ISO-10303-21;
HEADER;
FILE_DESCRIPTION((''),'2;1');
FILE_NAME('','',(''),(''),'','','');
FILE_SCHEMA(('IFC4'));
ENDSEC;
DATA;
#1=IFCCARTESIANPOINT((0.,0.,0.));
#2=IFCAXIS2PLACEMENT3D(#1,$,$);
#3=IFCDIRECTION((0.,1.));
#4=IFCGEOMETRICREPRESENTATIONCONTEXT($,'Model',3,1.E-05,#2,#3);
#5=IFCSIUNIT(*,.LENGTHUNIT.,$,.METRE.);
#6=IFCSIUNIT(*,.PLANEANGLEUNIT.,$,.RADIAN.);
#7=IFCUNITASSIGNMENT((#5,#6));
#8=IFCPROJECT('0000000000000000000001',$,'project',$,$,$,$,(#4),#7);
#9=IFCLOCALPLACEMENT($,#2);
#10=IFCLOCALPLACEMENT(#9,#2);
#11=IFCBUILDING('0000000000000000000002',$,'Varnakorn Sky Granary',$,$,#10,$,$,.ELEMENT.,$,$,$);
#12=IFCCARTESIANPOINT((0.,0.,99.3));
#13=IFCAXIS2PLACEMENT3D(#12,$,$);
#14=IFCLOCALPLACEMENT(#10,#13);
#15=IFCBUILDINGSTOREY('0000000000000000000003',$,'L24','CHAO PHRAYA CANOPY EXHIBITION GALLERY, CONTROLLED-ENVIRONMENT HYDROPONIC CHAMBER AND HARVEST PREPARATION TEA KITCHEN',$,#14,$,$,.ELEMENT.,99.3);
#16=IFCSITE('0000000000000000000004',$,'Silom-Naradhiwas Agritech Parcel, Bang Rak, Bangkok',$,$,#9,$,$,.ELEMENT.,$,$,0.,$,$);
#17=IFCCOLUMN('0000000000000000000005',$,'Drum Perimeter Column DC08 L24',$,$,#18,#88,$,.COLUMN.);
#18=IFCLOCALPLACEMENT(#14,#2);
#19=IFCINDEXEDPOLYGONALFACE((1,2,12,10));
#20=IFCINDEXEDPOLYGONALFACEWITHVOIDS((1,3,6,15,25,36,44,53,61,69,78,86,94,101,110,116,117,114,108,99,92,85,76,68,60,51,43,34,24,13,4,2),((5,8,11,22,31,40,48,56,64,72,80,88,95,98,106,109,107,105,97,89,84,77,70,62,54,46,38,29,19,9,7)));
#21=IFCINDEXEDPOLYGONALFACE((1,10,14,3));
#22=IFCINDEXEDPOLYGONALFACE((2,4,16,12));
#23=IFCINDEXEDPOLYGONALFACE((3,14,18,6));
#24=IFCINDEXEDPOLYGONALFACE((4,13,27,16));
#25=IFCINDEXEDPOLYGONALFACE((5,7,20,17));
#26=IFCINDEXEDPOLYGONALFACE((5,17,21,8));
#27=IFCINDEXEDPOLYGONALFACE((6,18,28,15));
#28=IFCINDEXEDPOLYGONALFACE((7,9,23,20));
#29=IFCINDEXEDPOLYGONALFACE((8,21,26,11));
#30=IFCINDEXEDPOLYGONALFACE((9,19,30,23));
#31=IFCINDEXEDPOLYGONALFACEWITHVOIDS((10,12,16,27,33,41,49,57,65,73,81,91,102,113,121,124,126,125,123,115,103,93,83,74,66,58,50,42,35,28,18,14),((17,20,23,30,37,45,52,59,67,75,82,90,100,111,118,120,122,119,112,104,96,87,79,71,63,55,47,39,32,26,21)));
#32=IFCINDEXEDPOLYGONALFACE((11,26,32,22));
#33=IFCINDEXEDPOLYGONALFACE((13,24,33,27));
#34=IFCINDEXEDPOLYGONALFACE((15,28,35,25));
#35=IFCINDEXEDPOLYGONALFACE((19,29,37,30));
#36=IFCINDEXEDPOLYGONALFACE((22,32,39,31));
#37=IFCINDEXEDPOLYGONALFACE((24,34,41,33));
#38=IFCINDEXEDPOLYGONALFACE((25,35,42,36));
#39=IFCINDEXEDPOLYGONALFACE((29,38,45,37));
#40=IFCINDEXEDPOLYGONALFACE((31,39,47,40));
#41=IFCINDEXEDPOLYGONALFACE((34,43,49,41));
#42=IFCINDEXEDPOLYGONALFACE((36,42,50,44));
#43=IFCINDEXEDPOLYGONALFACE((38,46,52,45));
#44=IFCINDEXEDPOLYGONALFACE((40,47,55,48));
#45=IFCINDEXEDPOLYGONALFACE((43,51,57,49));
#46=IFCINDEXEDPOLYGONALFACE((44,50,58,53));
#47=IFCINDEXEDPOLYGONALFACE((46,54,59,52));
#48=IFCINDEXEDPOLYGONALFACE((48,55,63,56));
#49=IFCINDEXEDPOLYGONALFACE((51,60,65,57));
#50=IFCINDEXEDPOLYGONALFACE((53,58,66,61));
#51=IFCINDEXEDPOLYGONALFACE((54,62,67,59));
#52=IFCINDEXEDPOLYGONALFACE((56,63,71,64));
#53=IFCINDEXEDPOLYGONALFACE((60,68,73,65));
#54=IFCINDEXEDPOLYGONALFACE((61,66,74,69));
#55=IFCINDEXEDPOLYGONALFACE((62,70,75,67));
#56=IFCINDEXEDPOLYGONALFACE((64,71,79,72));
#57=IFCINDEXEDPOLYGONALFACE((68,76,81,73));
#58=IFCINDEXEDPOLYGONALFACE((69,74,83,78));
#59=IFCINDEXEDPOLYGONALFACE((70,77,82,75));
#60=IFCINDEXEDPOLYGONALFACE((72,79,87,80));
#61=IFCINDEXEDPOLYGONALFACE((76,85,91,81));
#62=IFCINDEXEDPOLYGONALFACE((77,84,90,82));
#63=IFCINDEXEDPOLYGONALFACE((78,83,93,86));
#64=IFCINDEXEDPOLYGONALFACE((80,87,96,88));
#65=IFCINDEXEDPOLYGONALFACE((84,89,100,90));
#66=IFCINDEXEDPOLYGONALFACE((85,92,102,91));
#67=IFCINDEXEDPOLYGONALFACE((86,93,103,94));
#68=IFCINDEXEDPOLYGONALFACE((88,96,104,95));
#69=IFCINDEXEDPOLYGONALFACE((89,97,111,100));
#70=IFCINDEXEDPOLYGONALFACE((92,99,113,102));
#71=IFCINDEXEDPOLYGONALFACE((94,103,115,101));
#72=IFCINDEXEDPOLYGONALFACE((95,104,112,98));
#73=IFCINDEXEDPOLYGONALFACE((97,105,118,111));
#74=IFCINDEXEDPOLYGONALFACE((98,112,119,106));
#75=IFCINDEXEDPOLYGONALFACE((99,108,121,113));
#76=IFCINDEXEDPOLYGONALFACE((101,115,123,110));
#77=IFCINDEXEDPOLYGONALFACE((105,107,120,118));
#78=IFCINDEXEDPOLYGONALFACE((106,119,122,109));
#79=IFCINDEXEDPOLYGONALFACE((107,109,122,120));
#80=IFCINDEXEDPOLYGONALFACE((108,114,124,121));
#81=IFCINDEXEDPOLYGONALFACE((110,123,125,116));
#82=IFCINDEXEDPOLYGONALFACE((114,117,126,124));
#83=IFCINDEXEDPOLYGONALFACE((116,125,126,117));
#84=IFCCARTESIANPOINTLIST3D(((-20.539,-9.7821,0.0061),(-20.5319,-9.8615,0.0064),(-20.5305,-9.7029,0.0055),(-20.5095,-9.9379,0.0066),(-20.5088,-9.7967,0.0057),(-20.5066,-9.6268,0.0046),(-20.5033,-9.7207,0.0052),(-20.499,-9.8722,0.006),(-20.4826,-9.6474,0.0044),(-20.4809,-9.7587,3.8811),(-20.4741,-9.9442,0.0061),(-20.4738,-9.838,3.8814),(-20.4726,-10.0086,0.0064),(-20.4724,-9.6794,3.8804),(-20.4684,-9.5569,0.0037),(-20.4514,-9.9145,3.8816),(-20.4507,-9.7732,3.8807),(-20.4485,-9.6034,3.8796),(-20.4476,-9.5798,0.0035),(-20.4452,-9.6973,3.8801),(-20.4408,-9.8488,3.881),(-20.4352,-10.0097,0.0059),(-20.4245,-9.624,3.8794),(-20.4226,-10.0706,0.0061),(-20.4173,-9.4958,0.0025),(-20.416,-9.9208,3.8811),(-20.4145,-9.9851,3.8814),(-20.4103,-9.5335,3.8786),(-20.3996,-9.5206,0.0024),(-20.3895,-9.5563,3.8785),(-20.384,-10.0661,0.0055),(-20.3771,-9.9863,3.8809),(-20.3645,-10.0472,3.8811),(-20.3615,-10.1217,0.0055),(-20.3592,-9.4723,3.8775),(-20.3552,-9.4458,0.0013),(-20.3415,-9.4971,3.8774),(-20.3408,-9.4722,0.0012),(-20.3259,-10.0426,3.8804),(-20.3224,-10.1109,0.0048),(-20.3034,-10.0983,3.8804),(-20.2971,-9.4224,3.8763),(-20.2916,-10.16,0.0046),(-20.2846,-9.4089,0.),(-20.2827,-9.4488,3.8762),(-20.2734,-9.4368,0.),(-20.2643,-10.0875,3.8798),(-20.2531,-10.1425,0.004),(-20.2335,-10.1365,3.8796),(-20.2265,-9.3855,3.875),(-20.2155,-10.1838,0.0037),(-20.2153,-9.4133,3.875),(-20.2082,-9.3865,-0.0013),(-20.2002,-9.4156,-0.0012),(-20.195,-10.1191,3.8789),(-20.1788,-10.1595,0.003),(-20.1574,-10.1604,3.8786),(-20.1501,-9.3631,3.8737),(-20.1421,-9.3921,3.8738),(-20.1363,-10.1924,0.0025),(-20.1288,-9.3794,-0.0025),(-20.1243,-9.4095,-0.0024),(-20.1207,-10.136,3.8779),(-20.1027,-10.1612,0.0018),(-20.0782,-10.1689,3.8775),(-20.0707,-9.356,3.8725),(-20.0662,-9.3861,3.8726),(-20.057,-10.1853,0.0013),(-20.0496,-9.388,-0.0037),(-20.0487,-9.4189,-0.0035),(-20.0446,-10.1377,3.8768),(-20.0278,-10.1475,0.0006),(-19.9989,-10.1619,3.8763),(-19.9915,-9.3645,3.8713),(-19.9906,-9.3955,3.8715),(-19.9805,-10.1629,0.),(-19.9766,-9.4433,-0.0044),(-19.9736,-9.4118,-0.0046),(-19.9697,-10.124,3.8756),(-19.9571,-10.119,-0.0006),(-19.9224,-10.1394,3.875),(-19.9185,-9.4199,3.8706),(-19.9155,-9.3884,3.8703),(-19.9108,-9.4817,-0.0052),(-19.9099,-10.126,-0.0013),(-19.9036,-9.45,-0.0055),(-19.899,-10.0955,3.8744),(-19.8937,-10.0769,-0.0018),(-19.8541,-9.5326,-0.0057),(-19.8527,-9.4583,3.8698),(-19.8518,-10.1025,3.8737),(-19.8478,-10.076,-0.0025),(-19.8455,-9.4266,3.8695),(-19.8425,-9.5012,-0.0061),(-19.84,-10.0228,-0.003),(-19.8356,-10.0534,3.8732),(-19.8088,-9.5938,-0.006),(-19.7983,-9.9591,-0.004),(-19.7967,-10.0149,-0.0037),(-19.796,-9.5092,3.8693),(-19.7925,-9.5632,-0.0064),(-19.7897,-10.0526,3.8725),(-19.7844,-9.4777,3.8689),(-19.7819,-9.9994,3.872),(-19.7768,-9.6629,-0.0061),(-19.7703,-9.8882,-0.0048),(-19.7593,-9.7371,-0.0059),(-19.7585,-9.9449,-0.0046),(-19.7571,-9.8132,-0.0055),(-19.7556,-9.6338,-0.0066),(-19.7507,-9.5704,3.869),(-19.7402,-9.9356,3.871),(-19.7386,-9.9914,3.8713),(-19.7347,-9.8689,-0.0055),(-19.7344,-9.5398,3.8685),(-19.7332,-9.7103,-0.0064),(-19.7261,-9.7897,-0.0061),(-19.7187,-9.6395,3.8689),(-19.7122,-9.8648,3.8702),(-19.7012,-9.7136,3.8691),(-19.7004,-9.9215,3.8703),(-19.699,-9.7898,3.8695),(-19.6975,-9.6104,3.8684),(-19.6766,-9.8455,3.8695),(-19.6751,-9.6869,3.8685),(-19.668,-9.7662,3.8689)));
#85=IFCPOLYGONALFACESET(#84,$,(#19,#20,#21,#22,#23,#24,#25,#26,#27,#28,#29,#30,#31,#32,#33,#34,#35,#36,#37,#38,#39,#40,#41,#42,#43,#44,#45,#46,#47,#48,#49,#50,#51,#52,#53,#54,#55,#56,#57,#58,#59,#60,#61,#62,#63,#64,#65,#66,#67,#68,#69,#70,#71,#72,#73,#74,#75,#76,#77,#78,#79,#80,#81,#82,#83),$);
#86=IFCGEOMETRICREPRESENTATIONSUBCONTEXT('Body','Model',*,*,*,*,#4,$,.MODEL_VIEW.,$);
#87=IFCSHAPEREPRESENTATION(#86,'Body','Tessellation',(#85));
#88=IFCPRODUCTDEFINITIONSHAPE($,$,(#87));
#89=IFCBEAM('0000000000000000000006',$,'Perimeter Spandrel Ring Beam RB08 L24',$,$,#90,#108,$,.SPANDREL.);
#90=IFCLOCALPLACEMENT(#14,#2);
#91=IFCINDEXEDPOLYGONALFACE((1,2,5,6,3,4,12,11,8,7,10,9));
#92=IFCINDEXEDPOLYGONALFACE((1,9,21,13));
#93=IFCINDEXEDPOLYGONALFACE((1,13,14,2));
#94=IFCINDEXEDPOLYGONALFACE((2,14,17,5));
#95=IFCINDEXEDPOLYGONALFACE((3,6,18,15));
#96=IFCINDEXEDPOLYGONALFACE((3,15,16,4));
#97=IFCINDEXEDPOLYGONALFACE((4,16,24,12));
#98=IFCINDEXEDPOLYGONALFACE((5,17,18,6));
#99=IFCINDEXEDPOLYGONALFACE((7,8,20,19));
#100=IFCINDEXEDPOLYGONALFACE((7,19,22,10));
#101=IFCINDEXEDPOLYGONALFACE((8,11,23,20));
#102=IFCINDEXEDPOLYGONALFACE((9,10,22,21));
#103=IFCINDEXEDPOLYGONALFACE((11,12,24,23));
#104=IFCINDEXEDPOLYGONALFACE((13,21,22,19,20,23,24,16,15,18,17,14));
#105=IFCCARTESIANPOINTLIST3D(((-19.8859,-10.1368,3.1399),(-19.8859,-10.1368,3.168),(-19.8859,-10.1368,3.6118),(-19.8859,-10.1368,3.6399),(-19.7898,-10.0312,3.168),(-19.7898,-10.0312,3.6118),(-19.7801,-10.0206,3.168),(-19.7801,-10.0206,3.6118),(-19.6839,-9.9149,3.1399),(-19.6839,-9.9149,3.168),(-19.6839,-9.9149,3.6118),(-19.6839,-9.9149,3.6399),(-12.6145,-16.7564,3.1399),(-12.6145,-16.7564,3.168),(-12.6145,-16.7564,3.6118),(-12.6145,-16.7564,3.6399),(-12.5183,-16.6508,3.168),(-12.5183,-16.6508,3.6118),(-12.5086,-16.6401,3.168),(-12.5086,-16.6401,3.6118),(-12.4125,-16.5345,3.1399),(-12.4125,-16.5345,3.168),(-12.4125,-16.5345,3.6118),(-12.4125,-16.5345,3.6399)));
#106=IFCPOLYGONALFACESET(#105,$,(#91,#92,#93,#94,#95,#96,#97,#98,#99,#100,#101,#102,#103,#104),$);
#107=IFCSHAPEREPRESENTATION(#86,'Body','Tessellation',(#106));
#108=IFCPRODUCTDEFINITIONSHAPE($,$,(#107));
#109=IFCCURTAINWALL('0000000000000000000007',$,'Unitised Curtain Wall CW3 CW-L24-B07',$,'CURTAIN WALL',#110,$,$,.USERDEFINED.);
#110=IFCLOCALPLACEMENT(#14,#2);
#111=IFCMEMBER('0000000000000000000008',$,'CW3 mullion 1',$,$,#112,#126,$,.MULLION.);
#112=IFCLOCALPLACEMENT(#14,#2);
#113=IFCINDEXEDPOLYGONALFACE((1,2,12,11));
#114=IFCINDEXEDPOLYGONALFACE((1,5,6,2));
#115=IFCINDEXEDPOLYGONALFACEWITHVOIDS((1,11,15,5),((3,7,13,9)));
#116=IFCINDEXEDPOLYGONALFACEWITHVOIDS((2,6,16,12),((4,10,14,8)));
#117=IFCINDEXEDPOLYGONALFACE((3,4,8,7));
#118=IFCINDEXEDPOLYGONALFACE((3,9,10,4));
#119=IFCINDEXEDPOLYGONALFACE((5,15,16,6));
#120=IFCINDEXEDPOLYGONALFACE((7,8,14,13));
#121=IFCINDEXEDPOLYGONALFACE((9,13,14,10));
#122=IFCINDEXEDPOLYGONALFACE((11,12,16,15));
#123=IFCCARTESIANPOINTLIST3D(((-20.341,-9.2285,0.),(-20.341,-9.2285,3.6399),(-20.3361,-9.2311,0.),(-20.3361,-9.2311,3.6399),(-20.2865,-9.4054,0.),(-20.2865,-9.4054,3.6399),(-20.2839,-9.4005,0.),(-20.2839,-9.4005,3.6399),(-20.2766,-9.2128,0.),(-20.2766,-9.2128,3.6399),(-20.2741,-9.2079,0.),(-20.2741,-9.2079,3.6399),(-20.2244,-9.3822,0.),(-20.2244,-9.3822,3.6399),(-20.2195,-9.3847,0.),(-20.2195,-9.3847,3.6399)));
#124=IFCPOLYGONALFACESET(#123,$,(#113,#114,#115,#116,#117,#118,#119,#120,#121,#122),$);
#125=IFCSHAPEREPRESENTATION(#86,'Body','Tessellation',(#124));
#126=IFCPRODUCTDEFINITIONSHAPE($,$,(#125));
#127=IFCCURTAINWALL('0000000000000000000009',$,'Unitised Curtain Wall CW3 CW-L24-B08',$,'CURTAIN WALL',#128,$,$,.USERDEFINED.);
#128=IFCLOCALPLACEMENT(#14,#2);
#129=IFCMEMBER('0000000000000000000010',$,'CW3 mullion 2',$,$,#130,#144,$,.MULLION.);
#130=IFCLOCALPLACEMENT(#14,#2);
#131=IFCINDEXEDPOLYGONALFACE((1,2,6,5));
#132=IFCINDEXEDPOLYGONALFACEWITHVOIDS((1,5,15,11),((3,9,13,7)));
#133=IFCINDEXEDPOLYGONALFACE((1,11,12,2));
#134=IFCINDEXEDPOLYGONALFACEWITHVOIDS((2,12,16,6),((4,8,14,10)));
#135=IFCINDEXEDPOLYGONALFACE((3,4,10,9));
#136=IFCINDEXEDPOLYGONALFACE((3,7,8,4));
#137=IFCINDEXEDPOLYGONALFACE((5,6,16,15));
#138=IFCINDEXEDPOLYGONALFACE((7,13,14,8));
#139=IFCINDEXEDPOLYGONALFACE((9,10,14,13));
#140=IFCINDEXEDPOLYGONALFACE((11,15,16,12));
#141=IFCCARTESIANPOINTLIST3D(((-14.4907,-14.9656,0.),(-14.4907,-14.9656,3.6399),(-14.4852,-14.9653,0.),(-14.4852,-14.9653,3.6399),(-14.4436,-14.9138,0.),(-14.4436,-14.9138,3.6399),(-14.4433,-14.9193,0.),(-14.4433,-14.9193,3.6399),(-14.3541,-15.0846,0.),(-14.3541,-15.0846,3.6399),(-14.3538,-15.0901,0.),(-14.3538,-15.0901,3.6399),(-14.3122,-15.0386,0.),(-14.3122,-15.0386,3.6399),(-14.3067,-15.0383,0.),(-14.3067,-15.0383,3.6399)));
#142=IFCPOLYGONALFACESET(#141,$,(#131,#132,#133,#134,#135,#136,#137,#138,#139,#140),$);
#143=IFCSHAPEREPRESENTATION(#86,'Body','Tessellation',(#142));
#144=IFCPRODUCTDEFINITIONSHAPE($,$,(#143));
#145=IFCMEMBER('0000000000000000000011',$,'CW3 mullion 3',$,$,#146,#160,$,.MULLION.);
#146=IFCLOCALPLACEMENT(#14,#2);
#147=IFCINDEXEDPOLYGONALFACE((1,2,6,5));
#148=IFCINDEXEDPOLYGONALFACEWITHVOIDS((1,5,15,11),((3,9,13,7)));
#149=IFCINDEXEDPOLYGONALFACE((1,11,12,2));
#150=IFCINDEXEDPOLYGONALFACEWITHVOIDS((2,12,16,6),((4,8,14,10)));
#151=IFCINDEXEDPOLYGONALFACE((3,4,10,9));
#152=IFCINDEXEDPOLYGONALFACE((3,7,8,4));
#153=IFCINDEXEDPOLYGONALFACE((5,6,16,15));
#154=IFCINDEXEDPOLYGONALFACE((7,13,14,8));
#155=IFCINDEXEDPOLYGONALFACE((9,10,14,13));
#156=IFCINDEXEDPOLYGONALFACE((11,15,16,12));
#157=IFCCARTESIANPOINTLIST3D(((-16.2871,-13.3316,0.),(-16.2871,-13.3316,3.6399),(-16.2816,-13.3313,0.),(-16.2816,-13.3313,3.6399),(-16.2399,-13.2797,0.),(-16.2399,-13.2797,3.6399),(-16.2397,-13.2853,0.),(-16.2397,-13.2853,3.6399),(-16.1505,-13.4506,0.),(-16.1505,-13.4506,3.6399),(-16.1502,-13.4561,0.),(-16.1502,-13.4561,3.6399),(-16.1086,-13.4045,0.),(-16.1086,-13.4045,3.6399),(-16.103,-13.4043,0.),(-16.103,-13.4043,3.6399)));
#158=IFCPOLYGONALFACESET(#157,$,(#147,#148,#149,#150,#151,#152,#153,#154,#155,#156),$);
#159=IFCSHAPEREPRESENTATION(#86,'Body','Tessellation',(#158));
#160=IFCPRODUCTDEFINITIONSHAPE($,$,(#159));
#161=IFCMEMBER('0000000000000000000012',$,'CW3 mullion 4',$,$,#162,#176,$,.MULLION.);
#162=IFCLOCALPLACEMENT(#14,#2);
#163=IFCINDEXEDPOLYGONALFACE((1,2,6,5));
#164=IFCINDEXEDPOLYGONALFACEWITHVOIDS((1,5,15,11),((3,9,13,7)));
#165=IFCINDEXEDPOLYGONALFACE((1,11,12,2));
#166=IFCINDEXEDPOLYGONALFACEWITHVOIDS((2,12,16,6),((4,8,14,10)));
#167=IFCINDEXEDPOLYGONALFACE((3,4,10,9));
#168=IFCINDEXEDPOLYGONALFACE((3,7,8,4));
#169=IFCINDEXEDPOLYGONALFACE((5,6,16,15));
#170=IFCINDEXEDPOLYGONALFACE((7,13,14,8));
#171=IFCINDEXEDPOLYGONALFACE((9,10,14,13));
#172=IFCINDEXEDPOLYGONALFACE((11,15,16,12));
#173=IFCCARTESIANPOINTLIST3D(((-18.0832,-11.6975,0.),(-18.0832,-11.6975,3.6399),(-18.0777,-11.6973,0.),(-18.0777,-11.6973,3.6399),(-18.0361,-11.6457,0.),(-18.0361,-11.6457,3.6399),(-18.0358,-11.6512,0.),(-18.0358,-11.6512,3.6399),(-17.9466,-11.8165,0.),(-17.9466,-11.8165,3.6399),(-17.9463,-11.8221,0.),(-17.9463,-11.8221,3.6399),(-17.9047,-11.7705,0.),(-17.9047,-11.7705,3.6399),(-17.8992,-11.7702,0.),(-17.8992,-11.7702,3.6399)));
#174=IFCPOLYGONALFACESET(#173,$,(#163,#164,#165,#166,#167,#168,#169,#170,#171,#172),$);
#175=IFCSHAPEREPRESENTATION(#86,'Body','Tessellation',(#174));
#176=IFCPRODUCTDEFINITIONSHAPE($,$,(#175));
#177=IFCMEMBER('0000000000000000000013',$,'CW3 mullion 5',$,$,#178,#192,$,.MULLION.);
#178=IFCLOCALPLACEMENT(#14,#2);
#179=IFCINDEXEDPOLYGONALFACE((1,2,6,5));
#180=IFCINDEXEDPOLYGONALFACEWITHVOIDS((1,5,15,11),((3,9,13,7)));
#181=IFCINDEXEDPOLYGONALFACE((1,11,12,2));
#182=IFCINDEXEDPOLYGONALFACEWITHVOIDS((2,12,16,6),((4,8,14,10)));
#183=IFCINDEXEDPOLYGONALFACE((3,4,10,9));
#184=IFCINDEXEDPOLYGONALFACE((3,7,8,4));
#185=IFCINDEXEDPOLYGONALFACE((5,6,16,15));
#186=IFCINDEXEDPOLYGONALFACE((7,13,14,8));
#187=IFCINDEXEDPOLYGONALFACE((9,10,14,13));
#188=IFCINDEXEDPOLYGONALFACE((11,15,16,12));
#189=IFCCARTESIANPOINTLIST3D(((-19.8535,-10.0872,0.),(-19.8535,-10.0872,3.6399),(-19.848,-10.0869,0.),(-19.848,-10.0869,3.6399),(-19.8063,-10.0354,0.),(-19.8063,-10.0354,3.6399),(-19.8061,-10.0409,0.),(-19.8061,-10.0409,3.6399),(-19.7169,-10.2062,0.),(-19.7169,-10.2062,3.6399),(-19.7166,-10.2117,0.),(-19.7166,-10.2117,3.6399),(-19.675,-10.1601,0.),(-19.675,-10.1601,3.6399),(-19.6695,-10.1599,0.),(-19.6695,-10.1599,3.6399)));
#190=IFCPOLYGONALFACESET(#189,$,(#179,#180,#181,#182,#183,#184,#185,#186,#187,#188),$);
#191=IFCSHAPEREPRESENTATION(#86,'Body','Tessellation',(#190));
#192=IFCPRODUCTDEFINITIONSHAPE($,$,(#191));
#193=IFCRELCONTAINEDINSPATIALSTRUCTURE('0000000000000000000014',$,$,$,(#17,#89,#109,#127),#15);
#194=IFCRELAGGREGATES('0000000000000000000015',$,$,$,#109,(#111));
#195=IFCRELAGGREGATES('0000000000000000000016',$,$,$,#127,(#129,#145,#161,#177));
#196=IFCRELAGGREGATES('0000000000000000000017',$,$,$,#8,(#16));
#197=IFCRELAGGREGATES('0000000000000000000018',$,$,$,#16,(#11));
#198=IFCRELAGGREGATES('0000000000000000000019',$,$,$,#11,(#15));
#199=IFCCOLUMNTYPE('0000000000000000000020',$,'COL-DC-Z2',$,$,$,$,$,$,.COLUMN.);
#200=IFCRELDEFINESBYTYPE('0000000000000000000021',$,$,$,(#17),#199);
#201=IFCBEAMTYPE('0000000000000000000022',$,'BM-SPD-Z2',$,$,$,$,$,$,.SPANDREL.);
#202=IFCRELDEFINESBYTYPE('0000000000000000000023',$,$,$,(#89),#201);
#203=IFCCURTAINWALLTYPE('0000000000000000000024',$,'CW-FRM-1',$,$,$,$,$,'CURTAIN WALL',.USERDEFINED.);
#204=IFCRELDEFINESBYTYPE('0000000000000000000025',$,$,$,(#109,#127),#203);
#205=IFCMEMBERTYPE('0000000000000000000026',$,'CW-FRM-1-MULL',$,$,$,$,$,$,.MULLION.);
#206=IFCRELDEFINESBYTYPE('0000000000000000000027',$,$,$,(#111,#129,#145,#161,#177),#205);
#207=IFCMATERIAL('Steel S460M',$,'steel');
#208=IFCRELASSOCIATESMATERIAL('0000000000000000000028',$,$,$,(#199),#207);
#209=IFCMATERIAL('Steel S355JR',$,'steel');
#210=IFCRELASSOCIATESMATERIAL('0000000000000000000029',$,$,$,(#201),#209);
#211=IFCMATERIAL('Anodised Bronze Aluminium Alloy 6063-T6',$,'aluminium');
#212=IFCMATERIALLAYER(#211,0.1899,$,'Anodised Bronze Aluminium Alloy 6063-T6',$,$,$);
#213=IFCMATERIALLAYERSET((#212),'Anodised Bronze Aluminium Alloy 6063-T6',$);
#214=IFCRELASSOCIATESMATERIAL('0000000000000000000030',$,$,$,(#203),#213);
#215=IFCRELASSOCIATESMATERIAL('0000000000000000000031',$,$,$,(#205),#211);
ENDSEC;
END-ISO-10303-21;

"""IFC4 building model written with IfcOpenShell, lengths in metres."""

from ifc_helpers import new_model, si_unit, direction, frame, origin, origin_2d, place, context, subcontext, project, spatial, hollow_rectangle, hollow_circle, i_section, extrude, material, layer, layer_set, material_profile, profile_set, type_object, element, aggregate, save


model = new_model("IFC4")

# Units and contexts
model_context = context("Model", 3, precision=1e-05, world=origin(), true_north=direction((0.0, 1.0)))
body_context = subcontext(model_context, "Body", "Model", "MODEL_VIEW")
ifc_project = project(units=[si_unit("LENGTHUNIT", "METRE"), si_unit("PLANEANGLEUNIT", "RADIAN")], contexts=[model_context])

# Site, building, storey
site_placement = place(None, origin())
site = spatial("IfcSite", under=ifc_project, at=site_placement, Name="Silom-Naradhiwas Agritech Parcel, Bang Rak, Bangkok", CompositionType="ELEMENT", RefElevation=0.0)
building_placement = place(site_placement, origin())
building = spatial("IfcBuilding", under=site, at=building_placement, Name="Varnakorn Sky Granary", CompositionType="ELEMENT")
storey_placement = place(building_placement, frame((0.0, 0.0, 99.3)))
storey = spatial("IfcBuildingStorey", under=building, at=storey_placement, Name="L24", Description="CHAO PHRAYA CANOPY EXHIBITION GALLERY, CONTROLLED-ENVIRONMENT HYDROPONIC CHAMBER AND HARVEST PREPARATION TEA KITCHEN", CompositionType="ELEMENT", Elevation=99.3)

# Column
ifc_material_1 = material(Name="Steel S460M", Category="steel")
ifc_material_profile_1 = material_profile(ifc_material_1, hollow_circle(Radius=0.4065, WallThickness=0.03, at=origin_2d()), Name="CHS 813x30")
ifc_profile_set_1 = profile_set([ifc_material_profile_1], Name="Steel S460M")
column_type = type_object("IfcColumnType", Name="COL-DC-Z2", PredefinedType="COLUMN", material=ifc_profile_set_1)
column_placement = place(storey_placement, frame((-20.1326, -9.7859, 0.0), z_axis=(0.014993, 0.006048, 0.999869), x_axis=(-0.374076, 0.927398, 0.0)))
element("IfcColumn", 1, at=column_placement, inside=storey, type_object=column_type, Name="Drum Perimeter Column DC08 L24", PredefinedType="COLUMN", context=body_context, shape_type="SweptSolid", body=[
    extrude(hollow_circle(Radius=0.4065, WallThickness=0.03, at=origin_2d()), origin(), (0.0, 0.0, 1.0), 3.8755),
])

# Beam
ifc_material_2 = material(Name="Steel S355JR", Category="steel")
ifc_material_profile_2 = material_profile(ifc_material_2, i_section(OverallWidth=0.3, OverallDepth=0.5, WebThickness=0.0144, FlangeThickness=0.0281, at=origin_2d()), Name="HE 500 B")
ifc_profile_set_2 = profile_set([ifc_material_profile_2], Name="Steel S355JR")
beam_type = type_object("IfcBeamType", Name="BM-SPD-Z2", PredefinedType="SPANDREL", material=ifc_profile_set_2)
beam_placement = place(storey_placement, frame((-19.7849, -10.0259, 3.3899), z_axis=(0.739475, -0.673184, 0.0), x_axis=(0.673184, 0.739475, 0.0)))
element("IfcBeam", 2, at=beam_placement, inside=storey, type_object=beam_type, Name="Perimeter Spandrel Ring Beam RB08 L24", PredefinedType="SPANDREL", context=body_context, shape_type="SweptSolid", body=[
    extrude(i_section(OverallWidth=0.3, OverallDepth=0.5, WebThickness=0.0144, FlangeThickness=0.0281, at=origin_2d()), origin(), (0.0, 0.0, 1.0), 9.8333),
])

# Curtain wall, member
ifc_material_3 = material(Name="Anodised Bronze Aluminium Alloy 6063-T6", Category="aluminium")
ifc_layer_1 = layer(ifc_material_3, 0.1899, Name="Anodised Bronze Aluminium Alloy 6063-T6")
ifc_layer_set_1 = layer_set([ifc_layer_1], Name="Anodised Bronze Aluminium Alloy 6063-T6")
curtain_wall_type = type_object("IfcCurtainWallType", Name="CW-FRM-1", ElementType="CURTAIN WALL", PredefinedType="USERDEFINED", material=ifc_layer_set_1)
curtain_wall_1_placement = place(storey_placement, origin())
curtain_wall_1 = element("IfcCurtainWall", 3, at=curtain_wall_1_placement, inside=storey, type_object=curtain_wall_type, Name="Unitised Curtain Wall CW3 CW-L24-B07", ObjectType="CURTAIN WALL", PredefinedType="USERDEFINED")
ifc_material_profile_3 = material_profile(ifc_material_3, hollow_rectangle(XDim=0.0701, YDim=0.1851, WallThickness=0.0039, at=origin_2d()), Name="ALU MULL 70x185")
ifc_profile_set_3 = profile_set([ifc_material_profile_3], Name="Anodised Bronze Aluminium Alloy 6063-T6")
member_type_1 = type_object("IfcMemberType", Name="CW-FRM-1-MULL", PredefinedType="MULLION", material=ifc_profile_set_3)
member_1_placement = place(storey_placement, frame((-20.2803, -9.3066, 0.0), z_axis=(0.0, 0.0, 1.0), x_axis=(-0.955605, -0.294651, 0.0)))
member_1 = element("IfcMember", 4, at=member_1_placement, type_object=member_type_1, Name="CW3 mullion 1", PredefinedType="MULLION", context=body_context, shape_type="SweptSolid", body=[
    extrude(hollow_rectangle(XDim=0.0701, YDim=0.1851, WallThickness=0.0039, at=origin_2d()), origin(), (0.0, 0.0, 1.0), 3.6399),
])

# Curtain wall, members
curtain_wall_2_placement = place(storey_placement, origin())
curtain_wall_2 = element("IfcCurtainWall", 5, at=curtain_wall_2_placement, inside=storey, type_object=curtain_wall_type, Name="Unitised Curtain Wall CW3 CW-L24-B08", ObjectType="CURTAIN WALL", PredefinedType="USERDEFINED")
member_2_placement = place(storey_placement, frame((-14.3987, -15.002, 0.0), z_axis=(0.0, 0.0, 1.0), x_axis=(-0.672919, -0.739716, 0.0)))
member_2 = element("IfcMember", 6, at=member_2_placement, type_object=member_type_1, Name="CW3 mullion 2", PredefinedType="MULLION", context=body_context, shape_type="SweptSolid", body=[
    extrude(hollow_rectangle(XDim=0.0701, YDim=0.1851, WallThickness=0.0039, at=origin_2d()), origin(), (0.0, 0.0, 1.0), 3.6399),
])
member_3_placement = place(storey_placement, frame((-16.1951, -13.3679, 0.0), z_axis=(0.0, 0.0, 1.0), x_axis=(-0.672919, -0.739716, 0.0)))
member_3 = element("IfcMember", 7, at=member_3_placement, type_object=member_type_1, Name="CW3 mullion 3", PredefinedType="MULLION", context=body_context, shape_type="SweptSolid", body=[
    extrude(hollow_rectangle(XDim=0.0701, YDim=0.1851, WallThickness=0.0039, at=origin_2d()), origin(), (0.0, 0.0, 1.0), 3.6399),
])
member_4_placement = place(storey_placement, frame((-17.9912, -11.7339, 0.0), z_axis=(0.0, 0.0, 1.0), x_axis=(-0.672919, -0.739716, 0.0)))
member_4 = element("IfcMember", 8, at=member_4_placement, type_object=member_type_1, Name="CW3 mullion 4", PredefinedType="MULLION", context=body_context, shape_type="SweptSolid", body=[
    extrude(hollow_rectangle(XDim=0.0701, YDim=0.1851, WallThickness=0.0039, at=origin_2d()), origin(), (0.0, 0.0, 1.0), 3.6399),
])
member_5_placement = place(storey_placement, frame((-19.7615, -10.1235, 0.0), z_axis=(0.0, 0.0, 1.0), x_axis=(-0.672919, -0.739716, 0.0)))
member_5 = element("IfcMember", 9, at=member_5_placement, type_object=member_type_1, Name="CW3 mullion 5", PredefinedType="MULLION", context=body_context, shape_type="SweptSolid", body=[
    extrude(hollow_rectangle(XDim=0.0701, YDim=0.1851, WallThickness=0.0039, at=origin_2d()), origin(), (0.0, 0.0, 1.0), 3.6399),
])

aggregate(curtain_wall_1, [member_1])

aggregate(curtain_wall_2, [member_2, member_3, member_4, member_5])

save(model, "model.ifc")
